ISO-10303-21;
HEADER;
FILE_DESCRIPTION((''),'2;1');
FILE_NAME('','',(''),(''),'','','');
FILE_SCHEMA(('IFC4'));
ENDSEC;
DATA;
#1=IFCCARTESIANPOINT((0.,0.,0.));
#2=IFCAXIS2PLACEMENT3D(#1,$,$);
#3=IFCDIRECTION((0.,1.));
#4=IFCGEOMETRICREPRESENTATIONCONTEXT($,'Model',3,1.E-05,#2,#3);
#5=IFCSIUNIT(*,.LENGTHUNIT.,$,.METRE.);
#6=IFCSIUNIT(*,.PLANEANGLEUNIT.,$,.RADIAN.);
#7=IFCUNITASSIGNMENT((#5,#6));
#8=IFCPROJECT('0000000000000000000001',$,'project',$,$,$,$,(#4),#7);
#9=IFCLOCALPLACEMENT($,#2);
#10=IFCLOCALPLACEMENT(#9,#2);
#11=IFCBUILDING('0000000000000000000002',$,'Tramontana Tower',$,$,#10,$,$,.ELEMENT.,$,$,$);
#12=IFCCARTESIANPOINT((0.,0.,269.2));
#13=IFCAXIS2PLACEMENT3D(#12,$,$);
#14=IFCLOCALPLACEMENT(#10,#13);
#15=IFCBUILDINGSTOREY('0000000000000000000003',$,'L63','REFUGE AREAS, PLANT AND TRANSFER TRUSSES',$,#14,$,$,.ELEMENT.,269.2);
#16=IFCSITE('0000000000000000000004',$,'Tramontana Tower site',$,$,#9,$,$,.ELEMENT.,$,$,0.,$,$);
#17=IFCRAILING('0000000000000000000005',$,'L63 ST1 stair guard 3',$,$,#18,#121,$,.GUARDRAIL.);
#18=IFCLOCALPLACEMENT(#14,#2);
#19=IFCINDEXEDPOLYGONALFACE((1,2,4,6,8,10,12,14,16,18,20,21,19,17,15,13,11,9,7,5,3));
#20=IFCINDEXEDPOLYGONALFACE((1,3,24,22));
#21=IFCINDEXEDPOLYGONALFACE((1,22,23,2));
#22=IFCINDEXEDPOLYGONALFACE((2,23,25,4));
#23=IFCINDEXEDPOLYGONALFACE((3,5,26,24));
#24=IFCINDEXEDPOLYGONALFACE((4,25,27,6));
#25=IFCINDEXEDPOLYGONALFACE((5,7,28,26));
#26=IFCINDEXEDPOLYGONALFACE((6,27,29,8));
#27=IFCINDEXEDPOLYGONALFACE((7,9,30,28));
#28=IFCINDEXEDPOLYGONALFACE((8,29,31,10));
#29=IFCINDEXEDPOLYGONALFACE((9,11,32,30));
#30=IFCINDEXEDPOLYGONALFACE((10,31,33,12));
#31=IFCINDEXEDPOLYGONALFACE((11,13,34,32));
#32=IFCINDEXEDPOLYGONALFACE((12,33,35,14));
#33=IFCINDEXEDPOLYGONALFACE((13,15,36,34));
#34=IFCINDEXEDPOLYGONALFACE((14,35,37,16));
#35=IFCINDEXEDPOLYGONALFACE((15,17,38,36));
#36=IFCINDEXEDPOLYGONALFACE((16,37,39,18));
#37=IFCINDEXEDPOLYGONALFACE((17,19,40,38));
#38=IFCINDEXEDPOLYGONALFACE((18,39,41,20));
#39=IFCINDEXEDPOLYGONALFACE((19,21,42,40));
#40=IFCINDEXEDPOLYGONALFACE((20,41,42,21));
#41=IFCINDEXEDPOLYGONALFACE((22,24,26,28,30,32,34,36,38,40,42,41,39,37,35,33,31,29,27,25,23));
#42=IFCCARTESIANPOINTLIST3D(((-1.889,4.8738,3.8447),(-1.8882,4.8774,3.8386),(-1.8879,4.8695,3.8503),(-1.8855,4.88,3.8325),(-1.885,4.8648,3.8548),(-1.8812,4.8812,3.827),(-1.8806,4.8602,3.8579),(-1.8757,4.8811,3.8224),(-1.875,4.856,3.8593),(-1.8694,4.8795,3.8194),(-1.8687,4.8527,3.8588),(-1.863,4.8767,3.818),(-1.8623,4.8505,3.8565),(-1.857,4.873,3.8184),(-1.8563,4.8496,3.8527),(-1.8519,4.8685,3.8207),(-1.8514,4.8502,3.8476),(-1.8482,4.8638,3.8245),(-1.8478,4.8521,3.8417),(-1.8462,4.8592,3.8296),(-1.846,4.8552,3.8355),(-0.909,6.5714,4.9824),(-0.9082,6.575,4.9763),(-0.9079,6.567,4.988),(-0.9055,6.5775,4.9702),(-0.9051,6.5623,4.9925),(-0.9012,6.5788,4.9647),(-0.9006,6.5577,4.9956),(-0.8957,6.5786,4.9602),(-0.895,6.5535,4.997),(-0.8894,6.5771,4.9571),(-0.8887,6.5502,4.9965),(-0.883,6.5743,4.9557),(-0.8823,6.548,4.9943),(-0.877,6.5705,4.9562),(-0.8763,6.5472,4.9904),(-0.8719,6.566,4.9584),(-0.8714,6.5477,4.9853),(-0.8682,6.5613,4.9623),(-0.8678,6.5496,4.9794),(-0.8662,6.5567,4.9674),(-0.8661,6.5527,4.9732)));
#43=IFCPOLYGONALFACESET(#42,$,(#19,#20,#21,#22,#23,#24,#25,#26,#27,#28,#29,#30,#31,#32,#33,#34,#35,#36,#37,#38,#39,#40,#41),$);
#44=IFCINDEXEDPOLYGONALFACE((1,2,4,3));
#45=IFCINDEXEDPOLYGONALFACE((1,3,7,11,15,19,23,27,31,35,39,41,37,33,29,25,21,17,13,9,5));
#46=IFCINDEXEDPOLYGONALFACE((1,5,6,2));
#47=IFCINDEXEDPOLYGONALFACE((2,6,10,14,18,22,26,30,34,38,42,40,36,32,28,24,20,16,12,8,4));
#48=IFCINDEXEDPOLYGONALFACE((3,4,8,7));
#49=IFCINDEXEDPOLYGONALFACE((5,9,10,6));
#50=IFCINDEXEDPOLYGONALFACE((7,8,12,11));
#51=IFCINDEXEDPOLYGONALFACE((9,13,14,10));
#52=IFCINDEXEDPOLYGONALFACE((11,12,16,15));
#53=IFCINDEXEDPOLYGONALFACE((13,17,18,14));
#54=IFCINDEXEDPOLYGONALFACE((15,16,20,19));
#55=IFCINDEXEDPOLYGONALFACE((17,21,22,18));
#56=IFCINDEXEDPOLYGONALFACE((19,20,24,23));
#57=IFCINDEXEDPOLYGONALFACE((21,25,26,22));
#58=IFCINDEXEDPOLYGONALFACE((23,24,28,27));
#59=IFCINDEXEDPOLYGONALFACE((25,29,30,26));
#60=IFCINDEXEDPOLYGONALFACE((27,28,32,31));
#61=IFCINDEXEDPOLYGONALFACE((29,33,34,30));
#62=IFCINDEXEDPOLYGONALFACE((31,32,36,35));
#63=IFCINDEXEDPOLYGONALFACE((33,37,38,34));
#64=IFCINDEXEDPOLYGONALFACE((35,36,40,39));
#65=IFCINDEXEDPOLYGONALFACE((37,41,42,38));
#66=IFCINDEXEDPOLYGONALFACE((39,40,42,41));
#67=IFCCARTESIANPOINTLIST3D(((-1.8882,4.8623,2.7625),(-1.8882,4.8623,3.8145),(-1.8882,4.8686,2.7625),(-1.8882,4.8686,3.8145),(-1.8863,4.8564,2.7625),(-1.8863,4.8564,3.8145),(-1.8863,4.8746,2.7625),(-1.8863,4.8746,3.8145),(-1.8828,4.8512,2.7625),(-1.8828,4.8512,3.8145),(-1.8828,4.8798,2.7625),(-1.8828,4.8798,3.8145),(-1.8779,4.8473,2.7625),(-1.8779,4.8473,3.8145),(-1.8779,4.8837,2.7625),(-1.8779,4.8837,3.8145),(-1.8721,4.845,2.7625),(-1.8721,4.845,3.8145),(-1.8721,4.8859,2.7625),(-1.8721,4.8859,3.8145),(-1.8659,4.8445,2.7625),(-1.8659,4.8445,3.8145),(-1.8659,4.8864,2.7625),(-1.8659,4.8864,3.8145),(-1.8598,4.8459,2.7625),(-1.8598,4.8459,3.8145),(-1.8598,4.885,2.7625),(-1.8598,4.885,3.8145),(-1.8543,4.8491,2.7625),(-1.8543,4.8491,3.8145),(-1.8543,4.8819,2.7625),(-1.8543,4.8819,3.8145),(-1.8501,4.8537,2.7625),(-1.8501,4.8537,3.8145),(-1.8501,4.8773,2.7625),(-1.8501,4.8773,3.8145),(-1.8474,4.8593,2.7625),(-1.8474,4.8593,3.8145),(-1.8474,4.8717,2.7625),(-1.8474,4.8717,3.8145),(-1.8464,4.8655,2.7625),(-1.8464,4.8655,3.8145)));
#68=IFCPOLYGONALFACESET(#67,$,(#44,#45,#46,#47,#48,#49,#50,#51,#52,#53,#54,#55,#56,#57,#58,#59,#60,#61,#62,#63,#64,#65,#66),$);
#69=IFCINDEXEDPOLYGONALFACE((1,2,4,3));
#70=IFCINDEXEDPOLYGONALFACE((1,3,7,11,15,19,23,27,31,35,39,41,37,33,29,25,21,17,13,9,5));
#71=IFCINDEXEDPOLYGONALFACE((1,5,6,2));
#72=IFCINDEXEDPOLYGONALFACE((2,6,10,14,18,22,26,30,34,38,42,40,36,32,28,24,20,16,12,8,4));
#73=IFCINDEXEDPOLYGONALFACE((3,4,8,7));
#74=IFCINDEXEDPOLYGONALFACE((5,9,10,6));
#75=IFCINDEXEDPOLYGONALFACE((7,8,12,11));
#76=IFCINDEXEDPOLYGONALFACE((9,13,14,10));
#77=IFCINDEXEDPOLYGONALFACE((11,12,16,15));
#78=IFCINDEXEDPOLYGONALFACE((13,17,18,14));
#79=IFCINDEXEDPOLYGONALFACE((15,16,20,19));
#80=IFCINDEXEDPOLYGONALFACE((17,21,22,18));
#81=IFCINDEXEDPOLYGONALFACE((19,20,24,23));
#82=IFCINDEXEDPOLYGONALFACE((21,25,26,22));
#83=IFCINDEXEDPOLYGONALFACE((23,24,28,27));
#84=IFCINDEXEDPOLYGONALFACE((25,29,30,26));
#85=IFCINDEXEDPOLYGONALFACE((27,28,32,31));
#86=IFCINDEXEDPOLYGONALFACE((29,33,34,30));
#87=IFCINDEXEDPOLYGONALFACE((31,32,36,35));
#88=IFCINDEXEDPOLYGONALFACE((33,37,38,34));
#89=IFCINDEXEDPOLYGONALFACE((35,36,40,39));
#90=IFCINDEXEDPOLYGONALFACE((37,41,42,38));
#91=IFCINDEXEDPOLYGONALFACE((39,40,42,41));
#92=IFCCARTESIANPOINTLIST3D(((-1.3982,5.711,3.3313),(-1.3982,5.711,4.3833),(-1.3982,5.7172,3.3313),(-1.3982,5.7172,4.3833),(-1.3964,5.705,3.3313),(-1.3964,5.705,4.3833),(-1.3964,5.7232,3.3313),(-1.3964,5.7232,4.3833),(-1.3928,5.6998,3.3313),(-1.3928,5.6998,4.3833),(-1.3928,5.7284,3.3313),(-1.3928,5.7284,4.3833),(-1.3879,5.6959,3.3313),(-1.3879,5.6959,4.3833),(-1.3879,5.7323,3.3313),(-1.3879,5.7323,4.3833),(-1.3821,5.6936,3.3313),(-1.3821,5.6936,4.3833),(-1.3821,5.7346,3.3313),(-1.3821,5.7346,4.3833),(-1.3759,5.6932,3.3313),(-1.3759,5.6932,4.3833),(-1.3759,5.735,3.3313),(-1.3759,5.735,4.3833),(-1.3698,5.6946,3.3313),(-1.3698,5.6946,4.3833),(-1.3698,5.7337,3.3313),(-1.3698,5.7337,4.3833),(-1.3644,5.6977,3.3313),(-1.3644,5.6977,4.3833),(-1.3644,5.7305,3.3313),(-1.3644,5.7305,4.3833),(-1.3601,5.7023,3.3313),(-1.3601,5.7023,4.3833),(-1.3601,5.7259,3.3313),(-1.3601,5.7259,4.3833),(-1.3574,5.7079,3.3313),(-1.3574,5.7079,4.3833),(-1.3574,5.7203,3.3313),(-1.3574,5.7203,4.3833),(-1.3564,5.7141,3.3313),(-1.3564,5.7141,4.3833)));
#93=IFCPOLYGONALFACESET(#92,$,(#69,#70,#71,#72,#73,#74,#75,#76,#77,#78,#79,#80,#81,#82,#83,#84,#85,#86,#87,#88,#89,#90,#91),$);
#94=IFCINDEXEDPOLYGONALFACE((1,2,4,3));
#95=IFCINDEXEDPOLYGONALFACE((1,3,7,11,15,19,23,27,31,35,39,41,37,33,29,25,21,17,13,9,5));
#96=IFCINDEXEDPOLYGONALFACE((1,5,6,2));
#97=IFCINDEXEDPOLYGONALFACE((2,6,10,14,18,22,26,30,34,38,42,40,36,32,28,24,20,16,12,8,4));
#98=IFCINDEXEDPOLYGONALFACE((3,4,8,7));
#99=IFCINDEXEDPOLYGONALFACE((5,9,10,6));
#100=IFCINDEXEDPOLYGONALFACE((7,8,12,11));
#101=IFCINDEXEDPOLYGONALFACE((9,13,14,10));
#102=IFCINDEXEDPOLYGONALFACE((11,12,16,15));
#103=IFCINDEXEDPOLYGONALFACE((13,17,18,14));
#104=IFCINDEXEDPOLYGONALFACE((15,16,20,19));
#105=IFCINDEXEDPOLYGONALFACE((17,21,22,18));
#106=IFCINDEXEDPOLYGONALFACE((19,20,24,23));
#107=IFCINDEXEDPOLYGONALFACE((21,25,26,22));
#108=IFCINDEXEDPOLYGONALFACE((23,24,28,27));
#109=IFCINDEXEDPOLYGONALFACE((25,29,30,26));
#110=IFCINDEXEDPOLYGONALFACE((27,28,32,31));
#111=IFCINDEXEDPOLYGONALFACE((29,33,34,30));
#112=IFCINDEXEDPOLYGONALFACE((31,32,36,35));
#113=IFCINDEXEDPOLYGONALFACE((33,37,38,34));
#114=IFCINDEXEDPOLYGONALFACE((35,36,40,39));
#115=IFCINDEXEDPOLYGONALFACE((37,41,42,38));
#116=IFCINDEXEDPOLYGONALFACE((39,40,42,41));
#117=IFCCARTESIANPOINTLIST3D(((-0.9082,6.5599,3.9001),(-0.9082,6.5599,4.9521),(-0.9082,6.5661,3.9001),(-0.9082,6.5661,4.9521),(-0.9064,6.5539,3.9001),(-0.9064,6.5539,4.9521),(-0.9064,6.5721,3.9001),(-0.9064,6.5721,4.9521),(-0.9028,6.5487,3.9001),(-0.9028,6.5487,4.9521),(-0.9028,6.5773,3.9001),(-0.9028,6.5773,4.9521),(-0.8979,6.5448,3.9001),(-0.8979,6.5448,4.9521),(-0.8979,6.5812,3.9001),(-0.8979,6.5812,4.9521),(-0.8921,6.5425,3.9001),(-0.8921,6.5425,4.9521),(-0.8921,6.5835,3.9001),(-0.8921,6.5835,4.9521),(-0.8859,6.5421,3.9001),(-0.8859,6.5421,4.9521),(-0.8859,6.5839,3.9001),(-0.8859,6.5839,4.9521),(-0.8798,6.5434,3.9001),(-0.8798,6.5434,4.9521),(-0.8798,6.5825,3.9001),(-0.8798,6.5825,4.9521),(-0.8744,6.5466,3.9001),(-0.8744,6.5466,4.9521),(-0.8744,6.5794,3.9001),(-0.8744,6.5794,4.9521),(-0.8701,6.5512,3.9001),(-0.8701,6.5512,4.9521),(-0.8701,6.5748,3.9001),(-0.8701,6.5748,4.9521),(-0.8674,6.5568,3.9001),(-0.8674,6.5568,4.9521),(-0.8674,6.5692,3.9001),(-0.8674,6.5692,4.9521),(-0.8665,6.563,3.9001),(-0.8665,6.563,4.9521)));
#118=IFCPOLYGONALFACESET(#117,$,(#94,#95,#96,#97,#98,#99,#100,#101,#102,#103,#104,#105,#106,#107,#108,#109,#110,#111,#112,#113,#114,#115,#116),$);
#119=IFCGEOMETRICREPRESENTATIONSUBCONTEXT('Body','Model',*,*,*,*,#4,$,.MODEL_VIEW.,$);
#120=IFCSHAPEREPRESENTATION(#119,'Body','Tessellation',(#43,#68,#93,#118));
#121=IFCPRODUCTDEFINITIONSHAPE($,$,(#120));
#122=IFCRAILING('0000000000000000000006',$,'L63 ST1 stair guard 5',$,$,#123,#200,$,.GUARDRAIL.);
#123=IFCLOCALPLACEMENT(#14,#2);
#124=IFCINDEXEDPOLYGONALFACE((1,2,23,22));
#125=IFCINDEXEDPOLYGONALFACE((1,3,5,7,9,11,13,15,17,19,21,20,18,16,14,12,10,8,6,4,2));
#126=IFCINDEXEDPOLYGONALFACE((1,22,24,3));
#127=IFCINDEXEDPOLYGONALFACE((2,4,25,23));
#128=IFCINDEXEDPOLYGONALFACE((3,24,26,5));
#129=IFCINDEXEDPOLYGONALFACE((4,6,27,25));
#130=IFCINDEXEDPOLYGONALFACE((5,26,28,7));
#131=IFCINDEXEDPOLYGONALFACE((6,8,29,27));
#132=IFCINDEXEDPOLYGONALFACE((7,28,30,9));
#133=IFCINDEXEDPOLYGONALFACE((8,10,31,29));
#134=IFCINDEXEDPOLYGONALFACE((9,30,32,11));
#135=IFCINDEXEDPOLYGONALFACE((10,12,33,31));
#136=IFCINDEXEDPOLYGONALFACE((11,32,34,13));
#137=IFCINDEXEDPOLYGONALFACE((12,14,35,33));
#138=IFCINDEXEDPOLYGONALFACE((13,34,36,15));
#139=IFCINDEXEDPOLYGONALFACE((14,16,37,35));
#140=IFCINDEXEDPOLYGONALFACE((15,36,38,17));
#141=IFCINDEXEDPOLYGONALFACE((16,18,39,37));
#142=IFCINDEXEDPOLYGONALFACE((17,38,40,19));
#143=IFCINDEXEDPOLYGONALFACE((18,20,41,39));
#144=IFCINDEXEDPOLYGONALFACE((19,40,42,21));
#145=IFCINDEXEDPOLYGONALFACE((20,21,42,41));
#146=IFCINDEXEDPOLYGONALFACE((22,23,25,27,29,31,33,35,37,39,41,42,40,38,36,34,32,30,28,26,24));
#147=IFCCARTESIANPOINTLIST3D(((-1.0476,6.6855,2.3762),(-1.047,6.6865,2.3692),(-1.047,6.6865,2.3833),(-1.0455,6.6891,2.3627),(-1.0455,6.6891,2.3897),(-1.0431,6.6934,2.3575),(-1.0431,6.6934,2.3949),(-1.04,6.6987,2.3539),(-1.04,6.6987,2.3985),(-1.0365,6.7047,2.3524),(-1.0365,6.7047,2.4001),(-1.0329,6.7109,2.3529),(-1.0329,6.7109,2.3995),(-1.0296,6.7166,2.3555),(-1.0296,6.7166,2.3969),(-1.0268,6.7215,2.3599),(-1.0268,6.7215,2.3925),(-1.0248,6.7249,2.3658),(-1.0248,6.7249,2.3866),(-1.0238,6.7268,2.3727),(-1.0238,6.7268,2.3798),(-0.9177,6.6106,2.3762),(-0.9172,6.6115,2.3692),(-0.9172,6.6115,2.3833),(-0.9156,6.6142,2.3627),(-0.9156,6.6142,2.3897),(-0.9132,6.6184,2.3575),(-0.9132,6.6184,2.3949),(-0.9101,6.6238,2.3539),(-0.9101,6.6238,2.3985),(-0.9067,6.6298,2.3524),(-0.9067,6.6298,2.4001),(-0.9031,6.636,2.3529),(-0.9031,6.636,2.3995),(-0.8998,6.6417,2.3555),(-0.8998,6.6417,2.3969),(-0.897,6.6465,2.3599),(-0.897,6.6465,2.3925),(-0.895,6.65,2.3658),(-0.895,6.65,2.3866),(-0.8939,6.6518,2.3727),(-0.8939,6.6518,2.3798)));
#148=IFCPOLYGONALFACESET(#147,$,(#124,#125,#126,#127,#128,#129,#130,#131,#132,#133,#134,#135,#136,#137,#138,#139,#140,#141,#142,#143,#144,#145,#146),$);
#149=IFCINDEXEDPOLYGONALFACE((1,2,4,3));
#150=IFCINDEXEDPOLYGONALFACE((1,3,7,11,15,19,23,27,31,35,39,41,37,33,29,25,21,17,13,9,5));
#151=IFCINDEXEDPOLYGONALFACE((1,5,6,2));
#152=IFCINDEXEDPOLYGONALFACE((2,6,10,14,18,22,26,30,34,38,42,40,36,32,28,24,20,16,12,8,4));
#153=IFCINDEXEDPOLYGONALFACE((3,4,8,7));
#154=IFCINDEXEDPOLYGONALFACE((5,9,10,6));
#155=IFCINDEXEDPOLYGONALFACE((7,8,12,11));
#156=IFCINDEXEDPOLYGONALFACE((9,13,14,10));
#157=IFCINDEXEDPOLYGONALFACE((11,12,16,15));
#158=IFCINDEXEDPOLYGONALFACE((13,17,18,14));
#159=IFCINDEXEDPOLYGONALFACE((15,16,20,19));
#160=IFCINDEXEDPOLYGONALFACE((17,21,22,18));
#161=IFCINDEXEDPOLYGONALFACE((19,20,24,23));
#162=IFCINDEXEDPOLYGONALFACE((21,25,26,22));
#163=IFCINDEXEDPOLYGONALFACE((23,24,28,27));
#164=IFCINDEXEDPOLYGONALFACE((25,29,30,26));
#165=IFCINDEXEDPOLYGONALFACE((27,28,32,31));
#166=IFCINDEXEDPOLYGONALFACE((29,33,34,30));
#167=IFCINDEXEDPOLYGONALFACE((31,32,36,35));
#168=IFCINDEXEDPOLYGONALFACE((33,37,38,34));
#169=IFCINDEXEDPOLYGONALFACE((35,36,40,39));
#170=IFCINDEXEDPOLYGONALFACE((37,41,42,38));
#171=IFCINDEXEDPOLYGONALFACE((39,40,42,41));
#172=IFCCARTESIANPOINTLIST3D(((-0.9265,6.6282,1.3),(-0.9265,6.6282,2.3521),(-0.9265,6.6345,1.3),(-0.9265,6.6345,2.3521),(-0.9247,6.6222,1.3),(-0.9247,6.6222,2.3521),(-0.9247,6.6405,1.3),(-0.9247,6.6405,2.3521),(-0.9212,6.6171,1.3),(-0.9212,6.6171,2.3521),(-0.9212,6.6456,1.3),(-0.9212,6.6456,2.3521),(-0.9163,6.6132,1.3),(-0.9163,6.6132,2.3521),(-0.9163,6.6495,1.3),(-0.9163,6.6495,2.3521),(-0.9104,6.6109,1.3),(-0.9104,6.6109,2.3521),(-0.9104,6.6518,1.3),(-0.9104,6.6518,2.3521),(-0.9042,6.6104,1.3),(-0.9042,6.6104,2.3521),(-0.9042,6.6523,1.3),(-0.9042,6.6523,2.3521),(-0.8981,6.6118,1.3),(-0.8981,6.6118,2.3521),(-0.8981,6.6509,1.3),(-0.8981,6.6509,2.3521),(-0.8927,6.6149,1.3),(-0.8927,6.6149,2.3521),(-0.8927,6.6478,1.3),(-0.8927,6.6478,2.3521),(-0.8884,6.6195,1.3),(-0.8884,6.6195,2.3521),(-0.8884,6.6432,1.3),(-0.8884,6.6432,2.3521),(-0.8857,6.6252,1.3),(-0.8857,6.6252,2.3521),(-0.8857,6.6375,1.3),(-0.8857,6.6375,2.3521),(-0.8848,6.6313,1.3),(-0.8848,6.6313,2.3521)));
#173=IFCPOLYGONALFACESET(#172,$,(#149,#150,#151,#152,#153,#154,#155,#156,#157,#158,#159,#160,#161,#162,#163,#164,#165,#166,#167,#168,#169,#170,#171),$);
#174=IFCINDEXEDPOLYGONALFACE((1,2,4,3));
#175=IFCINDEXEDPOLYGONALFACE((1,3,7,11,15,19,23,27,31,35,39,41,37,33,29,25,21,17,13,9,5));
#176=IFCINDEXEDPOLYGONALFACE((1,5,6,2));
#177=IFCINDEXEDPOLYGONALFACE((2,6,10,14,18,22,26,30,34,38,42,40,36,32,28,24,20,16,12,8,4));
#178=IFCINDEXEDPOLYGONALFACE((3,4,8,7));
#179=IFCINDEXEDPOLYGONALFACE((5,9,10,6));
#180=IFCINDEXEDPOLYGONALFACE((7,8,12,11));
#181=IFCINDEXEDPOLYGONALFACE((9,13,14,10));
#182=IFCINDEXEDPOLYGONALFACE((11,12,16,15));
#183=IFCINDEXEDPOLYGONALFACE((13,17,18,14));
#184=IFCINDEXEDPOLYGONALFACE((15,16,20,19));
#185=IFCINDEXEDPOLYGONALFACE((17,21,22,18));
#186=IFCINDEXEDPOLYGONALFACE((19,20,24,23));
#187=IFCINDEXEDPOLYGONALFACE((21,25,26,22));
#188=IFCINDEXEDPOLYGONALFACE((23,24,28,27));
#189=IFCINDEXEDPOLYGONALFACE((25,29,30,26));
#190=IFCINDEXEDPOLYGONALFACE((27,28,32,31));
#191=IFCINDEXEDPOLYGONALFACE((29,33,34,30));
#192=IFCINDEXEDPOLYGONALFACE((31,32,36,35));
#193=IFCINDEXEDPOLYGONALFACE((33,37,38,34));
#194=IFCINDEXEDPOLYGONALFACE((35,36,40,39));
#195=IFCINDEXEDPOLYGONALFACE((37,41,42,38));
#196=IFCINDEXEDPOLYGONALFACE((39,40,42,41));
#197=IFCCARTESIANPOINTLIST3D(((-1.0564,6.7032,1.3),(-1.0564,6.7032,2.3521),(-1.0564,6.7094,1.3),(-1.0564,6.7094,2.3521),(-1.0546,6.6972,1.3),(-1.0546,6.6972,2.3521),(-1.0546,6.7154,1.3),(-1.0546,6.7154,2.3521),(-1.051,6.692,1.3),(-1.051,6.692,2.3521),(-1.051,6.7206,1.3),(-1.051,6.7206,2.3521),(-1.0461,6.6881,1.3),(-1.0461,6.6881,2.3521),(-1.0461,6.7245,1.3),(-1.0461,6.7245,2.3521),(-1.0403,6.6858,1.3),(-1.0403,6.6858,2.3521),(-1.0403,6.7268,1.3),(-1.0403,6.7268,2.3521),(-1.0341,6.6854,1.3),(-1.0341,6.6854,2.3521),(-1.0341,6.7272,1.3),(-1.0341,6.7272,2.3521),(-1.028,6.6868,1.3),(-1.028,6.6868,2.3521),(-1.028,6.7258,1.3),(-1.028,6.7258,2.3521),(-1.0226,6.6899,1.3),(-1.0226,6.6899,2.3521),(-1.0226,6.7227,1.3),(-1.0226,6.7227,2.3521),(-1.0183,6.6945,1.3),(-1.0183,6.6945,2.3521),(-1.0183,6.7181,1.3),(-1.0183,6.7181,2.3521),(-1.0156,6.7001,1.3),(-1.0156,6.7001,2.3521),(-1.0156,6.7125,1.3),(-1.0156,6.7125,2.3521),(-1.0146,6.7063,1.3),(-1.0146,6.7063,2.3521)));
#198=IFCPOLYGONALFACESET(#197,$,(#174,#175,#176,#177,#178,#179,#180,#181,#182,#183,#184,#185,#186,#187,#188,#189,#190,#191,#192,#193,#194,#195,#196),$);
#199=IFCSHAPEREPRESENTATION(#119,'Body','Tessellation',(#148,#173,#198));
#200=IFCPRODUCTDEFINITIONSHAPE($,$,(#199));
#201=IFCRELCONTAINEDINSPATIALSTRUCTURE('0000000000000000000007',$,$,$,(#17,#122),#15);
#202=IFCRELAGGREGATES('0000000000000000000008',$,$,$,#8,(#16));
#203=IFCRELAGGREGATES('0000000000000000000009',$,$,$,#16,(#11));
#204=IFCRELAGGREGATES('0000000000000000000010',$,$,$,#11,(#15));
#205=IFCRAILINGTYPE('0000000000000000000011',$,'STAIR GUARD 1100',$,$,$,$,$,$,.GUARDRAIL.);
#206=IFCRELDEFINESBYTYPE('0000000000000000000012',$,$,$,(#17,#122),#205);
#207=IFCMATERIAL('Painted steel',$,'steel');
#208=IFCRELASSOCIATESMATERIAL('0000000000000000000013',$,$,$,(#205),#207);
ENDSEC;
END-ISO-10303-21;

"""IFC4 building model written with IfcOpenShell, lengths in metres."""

from ifc_helpers import new_model, si_unit, direction, frame, origin, origin_2d, place, context, subcontext, project, spatial, circle, extrude, material, type_object, element, save


model = new_model("IFC4")

# Units and contexts
model_context = context("Model", 3, precision=1e-05, world=origin(), true_north=direction((0.0, 1.0)))
body_context = subcontext(model_context, "Body", "Model", "MODEL_VIEW")
ifc_project = project(units=[si_unit("LENGTHUNIT", "METRE"), si_unit("PLANEANGLEUNIT", "RADIAN")], contexts=[model_context])

# Site, building, storey
site_placement = place(None, origin())
site = spatial("IfcSite", under=ifc_project, at=site_placement, Name="Tramontana Tower site", CompositionType="ELEMENT", RefElevation=0.0)
building_placement = place(site_placement, origin())
building = spatial("IfcBuilding", under=site, at=building_placement, Name="Tramontana Tower", CompositionType="ELEMENT")
storey_placement = place(building_placement, frame((0.0, 0.0, 269.2)))
storey = spatial("IfcBuildingStorey", under=building, at=storey_placement, Name="L63", Description="REFUGE AREAS, PLANT AND TRANSFER TRUSSES", CompositionType="ELEMENT", Elevation=269.2)

# Railings
ifc_material_1 = material(Name="Painted steel", Category="steel")
railing_type_1 = type_object("IfcRailingType", Name="STAIR GUARD 1100", PredefinedType="GUARDRAIL", material=ifc_material_1)
railing_1_placement = place(storey_placement, frame((-1.8674, 4.8655, 2.7625)))
element("IfcRailing", 1, at=railing_1_placement, inside=storey, type_object=railing_type_1, Name="L63 ST1 stair guard 3", PredefinedType="GUARDRAIL", context=body_context, shape_type="SweptSolid", body=[
    extrude(circle(Radius=0.0239, at=origin_2d()), frame((0.0, 0.0, 1.0762), z_axis=(0.432409, 0.749013, 0.501999), x_axis=(-0.866042, 0.49997, 0.0)), (0.0, 0.0, 1.0), 2.2664),
    extrude(circle(Radius=0.021, at=origin_2d()), origin(), (0.0, 0.0, 1.0), 1.052),
    extrude(circle(Radius=0.021, at=origin_2d()), frame((0.49, 0.8486, 0.5688)), (0.0, 0.0, 1.0), 1.052),
    extrude(circle(Radius=0.021, at=origin_2d()), frame((0.98, 1.6975, 1.1377)), (0.0, 0.0, 1.0), 1.052),
])
railing_2_placement = place(storey_placement, frame((-0.9058, 6.6313, 1.3)))
element("IfcRailing", 2, at=railing_2_placement, inside=storey, type_object=railing_type_1, Name="L63 ST1 stair guard 5", PredefinedType="GUARDRAIL", context=body_context, shape_type="SweptSolid", body=[
    extrude(circle(Radius=0.0239, at=origin_2d()), frame((0.0, 0.0, 1.0762), z_axis=(-0.866131, 0.499816, 0.0), x_axis=(-0.499816, -0.866131, 0.0)), (0.0, 0.0, 1.0), 0.1499),
    extrude(circle(Radius=0.021, at=origin_2d()), origin(), (0.0, 0.0, 1.0), 1.052),
    extrude(circle(Radius=0.021, at=origin_2d()), frame((-0.1299, 0.075, 0.0)), (0.0, 0.0, 1.0), 1.052),
])

save(model, "model.ifc")
